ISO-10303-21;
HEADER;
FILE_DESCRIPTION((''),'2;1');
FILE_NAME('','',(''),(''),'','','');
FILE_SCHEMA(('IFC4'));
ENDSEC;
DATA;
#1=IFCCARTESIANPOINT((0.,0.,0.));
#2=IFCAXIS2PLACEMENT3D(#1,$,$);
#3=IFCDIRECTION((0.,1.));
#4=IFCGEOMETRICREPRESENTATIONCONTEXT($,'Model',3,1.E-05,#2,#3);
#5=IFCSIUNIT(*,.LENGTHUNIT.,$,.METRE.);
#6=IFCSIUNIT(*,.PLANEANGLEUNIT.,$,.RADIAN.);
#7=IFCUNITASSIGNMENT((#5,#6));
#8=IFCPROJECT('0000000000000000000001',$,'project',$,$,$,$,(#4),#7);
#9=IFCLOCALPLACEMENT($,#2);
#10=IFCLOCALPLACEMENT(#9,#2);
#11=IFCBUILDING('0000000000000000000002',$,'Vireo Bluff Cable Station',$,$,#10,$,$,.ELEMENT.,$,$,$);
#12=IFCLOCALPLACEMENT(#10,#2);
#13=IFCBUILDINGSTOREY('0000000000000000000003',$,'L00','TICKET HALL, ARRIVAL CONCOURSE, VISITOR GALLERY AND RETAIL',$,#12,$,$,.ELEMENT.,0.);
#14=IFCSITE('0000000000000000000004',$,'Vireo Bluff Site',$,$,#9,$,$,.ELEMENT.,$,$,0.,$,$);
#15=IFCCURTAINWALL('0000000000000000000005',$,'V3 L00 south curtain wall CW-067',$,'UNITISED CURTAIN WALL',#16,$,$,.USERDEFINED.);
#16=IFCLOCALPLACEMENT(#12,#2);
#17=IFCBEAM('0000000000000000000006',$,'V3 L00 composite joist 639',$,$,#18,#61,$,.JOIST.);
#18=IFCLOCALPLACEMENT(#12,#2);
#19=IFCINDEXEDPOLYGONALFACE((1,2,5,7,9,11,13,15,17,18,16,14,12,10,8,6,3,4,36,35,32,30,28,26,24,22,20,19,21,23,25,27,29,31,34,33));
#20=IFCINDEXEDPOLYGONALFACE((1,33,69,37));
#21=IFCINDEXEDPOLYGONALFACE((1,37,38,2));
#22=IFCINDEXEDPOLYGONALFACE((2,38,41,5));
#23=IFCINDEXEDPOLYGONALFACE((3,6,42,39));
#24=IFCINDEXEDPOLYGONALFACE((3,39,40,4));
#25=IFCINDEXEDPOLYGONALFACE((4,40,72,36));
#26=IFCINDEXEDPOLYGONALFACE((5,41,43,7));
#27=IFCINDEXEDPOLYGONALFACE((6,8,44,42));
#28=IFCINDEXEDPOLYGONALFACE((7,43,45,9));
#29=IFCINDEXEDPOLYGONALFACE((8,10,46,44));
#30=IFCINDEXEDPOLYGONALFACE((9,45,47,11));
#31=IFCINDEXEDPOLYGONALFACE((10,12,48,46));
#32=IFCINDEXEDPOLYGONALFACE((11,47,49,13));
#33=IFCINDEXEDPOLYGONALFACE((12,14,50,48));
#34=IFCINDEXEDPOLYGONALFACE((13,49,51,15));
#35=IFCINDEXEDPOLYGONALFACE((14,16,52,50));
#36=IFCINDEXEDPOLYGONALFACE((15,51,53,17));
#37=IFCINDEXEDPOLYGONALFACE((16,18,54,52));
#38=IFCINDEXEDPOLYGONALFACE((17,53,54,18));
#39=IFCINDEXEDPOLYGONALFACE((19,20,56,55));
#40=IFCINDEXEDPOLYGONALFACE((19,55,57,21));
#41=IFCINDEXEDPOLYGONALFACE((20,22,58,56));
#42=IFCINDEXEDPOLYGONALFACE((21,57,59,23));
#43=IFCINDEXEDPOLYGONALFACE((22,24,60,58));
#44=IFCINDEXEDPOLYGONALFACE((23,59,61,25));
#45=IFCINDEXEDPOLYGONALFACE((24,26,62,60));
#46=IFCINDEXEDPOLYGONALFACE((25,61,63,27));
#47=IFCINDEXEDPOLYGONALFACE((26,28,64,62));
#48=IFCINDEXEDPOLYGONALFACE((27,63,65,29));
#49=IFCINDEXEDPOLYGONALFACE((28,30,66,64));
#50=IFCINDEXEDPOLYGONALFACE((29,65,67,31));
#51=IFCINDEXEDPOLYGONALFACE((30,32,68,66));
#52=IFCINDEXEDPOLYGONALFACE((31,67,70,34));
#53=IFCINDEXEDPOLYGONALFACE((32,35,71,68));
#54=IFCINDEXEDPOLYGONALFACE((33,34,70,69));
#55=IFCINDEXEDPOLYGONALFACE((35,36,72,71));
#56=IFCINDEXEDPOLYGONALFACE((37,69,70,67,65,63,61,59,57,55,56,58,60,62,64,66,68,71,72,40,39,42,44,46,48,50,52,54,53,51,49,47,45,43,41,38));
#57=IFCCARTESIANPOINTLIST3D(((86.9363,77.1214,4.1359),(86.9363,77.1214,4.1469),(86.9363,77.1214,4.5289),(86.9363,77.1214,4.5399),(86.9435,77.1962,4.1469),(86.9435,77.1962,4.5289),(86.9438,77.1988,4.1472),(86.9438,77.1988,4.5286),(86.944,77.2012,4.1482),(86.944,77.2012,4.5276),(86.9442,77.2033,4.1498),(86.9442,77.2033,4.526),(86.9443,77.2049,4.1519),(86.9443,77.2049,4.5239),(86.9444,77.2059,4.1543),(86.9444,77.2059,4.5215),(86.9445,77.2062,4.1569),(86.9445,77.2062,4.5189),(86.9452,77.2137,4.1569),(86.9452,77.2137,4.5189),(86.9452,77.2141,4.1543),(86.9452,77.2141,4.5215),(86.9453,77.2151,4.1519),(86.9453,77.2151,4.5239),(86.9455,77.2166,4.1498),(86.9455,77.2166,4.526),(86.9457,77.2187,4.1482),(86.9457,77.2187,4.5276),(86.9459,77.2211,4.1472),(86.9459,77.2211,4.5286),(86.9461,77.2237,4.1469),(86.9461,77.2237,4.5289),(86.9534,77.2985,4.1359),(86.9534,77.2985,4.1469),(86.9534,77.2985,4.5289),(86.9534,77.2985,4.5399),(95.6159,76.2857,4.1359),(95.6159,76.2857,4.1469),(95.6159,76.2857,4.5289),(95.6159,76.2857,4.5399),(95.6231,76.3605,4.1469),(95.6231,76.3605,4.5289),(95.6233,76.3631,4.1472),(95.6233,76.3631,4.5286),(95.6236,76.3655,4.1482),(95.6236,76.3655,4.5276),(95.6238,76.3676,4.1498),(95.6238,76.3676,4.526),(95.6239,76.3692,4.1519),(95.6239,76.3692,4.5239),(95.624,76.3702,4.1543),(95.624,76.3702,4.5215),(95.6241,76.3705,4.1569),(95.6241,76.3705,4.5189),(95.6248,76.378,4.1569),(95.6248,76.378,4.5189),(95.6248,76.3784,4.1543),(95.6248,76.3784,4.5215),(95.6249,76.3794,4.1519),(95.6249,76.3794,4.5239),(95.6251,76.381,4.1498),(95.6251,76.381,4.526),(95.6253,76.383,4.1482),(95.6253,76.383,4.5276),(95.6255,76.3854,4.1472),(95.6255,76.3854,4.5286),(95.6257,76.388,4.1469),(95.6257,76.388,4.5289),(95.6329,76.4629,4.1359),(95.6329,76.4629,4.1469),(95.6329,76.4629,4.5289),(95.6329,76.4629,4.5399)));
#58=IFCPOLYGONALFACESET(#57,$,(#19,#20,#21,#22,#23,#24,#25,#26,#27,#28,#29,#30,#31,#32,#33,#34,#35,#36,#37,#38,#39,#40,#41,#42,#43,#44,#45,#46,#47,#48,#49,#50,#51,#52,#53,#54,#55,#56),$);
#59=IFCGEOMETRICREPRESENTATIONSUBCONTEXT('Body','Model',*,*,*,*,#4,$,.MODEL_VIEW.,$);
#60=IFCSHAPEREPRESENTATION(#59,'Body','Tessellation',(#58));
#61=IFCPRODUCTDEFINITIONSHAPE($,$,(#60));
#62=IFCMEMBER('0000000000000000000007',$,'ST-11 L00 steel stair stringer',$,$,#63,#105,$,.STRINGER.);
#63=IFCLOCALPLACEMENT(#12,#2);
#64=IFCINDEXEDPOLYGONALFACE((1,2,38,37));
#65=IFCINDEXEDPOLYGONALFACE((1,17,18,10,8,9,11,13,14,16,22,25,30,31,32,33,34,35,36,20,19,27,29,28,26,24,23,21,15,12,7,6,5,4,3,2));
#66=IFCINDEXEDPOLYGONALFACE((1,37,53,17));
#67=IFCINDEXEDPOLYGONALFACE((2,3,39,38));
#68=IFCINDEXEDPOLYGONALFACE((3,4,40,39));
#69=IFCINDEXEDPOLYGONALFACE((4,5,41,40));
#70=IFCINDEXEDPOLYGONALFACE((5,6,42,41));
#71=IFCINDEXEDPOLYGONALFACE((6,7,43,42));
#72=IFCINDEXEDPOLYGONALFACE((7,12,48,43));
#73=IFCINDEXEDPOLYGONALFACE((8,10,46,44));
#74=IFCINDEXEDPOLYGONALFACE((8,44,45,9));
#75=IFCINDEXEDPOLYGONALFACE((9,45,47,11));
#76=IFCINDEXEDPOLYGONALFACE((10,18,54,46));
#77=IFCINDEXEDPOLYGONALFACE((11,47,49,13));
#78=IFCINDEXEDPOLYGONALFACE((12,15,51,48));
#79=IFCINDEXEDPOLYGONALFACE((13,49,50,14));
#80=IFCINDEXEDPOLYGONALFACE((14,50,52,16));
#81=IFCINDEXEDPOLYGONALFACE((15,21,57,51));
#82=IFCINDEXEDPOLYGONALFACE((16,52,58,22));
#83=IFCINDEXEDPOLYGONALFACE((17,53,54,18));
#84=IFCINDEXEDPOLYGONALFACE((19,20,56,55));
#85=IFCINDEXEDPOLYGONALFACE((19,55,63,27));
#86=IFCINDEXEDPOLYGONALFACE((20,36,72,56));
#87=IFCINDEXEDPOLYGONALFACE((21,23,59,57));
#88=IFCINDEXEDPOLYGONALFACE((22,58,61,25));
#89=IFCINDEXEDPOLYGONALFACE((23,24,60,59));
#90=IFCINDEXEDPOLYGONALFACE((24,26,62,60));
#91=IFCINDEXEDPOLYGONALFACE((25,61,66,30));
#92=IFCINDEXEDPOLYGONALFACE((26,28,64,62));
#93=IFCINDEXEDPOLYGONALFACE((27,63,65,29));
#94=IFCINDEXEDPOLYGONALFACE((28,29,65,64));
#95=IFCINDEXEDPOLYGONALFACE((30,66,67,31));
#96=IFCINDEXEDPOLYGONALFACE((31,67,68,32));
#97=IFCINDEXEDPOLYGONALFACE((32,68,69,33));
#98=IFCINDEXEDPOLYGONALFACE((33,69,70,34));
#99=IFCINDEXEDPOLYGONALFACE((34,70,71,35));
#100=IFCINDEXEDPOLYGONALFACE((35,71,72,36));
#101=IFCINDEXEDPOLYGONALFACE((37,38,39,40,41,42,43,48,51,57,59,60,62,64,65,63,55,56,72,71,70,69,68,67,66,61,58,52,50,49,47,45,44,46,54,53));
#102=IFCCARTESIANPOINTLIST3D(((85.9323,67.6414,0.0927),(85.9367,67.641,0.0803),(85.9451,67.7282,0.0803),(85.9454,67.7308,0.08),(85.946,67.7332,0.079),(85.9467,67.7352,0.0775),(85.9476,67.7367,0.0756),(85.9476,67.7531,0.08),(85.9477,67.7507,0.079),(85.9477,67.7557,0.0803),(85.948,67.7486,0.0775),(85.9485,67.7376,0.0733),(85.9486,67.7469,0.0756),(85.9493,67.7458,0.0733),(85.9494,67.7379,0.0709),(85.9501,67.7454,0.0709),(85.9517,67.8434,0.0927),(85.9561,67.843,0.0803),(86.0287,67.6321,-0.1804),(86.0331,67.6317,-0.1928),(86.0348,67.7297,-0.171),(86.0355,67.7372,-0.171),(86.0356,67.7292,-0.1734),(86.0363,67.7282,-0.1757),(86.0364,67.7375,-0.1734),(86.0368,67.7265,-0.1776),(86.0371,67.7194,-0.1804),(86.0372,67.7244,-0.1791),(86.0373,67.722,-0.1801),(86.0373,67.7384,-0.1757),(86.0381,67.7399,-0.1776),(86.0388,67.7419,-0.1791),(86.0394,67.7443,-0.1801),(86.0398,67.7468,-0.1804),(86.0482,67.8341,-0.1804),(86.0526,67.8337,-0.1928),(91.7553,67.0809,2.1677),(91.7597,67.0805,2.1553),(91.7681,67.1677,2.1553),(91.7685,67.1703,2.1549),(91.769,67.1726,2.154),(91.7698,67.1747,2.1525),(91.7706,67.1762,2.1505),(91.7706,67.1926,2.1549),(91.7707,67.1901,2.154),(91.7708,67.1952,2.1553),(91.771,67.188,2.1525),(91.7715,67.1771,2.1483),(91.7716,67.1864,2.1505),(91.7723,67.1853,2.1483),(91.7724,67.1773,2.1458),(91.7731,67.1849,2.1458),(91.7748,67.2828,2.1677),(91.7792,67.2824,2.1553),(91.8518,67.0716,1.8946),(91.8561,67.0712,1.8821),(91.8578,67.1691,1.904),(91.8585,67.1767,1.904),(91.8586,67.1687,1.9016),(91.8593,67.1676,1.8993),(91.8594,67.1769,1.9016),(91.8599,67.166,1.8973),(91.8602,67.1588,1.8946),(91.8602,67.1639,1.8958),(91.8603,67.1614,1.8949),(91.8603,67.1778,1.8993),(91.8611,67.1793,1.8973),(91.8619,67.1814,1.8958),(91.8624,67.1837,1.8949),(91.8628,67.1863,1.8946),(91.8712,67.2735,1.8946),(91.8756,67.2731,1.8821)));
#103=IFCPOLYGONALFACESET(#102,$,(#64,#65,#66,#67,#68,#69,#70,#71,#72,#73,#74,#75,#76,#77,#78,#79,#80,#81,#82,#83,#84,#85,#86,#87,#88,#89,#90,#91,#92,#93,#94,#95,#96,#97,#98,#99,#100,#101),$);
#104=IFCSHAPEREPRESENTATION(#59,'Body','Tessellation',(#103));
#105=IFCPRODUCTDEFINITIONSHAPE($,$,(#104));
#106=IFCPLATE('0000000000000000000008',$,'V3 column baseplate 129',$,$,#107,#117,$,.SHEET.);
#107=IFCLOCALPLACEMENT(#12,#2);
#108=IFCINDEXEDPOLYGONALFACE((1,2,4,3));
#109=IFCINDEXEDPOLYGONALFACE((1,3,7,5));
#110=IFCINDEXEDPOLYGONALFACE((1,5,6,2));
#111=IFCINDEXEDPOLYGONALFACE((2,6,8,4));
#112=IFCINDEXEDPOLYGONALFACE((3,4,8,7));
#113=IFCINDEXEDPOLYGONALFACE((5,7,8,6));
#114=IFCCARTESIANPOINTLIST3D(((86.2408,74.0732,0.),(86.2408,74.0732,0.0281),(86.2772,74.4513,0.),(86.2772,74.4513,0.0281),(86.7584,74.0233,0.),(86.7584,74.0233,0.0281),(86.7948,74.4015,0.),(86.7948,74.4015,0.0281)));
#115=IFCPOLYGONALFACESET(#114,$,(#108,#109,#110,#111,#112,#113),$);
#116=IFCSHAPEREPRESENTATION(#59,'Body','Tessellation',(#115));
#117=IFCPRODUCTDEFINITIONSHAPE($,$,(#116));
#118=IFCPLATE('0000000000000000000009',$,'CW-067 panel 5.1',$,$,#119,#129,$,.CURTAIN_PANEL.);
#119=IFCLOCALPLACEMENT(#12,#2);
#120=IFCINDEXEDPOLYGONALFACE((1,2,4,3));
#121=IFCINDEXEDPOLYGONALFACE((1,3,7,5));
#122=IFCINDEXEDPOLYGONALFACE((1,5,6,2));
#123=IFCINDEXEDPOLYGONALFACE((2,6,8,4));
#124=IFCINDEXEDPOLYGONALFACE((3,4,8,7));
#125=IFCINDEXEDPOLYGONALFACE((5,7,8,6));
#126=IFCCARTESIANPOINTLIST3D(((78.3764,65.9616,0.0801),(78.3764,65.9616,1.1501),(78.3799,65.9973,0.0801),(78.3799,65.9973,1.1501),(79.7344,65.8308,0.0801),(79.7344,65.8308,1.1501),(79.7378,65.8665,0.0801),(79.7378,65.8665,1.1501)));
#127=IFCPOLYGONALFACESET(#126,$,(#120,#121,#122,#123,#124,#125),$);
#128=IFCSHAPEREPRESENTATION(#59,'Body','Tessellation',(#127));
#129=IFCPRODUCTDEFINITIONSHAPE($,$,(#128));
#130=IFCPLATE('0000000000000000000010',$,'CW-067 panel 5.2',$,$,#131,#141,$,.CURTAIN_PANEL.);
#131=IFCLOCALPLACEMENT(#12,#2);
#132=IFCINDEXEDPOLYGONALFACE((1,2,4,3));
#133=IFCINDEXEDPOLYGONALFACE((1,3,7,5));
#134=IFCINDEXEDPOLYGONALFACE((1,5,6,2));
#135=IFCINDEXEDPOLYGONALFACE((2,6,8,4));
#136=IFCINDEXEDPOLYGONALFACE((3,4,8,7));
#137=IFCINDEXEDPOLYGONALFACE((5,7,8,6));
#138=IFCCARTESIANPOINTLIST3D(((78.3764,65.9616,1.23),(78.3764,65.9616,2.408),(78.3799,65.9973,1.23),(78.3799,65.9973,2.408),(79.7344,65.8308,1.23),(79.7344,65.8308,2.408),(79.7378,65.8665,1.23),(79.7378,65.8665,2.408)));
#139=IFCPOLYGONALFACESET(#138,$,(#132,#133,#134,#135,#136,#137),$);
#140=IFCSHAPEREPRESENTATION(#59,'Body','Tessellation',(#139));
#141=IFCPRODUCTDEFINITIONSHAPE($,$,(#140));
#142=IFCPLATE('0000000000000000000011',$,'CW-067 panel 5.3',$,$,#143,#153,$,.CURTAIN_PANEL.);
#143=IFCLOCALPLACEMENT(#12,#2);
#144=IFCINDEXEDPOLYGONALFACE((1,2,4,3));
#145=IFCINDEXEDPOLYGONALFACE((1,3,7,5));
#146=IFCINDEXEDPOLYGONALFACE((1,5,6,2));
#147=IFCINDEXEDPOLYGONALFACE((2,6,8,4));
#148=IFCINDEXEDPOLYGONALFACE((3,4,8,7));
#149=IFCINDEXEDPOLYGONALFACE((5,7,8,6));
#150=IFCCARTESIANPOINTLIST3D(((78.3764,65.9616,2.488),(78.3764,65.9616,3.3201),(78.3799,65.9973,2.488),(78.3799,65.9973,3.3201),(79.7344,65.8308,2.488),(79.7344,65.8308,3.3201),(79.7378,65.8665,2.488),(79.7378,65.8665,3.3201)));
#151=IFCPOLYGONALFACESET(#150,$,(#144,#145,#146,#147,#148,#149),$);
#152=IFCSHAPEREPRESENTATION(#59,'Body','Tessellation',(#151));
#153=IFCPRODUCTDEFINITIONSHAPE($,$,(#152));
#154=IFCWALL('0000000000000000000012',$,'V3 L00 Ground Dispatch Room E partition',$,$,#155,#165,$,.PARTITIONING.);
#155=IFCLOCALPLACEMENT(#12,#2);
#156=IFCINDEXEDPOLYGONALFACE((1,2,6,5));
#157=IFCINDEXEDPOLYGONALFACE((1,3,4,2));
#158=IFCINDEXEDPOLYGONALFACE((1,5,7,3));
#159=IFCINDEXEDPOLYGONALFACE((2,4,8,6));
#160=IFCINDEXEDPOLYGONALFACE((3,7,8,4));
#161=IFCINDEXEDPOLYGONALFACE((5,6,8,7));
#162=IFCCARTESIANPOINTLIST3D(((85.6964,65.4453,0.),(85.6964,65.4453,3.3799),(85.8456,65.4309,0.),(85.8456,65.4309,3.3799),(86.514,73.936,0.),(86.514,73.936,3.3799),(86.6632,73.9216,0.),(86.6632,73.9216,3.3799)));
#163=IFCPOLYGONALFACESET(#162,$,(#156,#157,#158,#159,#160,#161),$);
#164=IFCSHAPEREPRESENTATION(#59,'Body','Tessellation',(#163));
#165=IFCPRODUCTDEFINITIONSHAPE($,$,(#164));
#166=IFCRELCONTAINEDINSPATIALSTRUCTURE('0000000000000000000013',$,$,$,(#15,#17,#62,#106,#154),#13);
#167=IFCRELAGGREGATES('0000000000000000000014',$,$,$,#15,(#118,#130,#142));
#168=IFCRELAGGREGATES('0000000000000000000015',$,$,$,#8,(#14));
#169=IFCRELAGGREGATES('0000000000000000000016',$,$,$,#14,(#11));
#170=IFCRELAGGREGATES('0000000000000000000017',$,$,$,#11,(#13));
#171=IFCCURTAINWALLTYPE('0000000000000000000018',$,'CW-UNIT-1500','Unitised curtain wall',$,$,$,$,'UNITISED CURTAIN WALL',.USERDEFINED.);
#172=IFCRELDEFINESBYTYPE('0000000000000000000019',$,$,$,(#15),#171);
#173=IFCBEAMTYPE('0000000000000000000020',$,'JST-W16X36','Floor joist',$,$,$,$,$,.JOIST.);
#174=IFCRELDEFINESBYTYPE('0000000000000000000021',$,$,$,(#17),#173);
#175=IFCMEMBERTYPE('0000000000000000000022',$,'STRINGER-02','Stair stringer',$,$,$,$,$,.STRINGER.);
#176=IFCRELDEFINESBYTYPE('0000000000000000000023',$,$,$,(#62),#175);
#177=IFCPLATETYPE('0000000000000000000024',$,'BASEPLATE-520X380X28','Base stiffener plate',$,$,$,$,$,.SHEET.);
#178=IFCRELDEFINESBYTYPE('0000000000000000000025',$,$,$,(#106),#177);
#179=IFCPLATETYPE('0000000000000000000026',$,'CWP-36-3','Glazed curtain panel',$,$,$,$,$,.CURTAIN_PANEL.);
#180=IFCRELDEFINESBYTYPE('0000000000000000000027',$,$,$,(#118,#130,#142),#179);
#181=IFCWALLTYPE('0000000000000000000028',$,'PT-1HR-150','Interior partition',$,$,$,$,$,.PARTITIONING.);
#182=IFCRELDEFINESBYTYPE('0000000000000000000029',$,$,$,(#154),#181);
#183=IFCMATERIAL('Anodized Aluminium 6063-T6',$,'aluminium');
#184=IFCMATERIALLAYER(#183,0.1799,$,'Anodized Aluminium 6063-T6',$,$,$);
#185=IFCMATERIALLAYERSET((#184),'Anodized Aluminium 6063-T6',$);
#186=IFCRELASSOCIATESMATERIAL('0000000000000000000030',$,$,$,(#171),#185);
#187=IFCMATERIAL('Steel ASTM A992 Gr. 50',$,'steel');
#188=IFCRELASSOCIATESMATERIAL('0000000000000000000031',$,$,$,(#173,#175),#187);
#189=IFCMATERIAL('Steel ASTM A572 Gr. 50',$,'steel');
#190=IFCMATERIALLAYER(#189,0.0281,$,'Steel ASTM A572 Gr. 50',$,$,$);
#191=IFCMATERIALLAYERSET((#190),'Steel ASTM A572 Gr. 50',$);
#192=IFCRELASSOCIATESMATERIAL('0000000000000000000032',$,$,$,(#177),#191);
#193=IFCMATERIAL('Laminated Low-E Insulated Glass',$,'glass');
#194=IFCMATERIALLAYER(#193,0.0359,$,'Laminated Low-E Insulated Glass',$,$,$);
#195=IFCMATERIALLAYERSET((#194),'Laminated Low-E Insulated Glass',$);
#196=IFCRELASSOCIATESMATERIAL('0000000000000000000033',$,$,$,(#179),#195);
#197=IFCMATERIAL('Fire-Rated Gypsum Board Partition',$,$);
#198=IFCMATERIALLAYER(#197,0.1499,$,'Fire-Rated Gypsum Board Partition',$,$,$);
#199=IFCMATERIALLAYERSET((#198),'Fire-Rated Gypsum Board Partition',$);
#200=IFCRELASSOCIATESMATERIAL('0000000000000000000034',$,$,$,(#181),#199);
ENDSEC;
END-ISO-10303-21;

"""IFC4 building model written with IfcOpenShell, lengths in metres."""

from ifc_helpers import new_model, si_unit, direction, frame, frame_2d, origin, origin_2d, place, context, subcontext, project, spatial, rectangle, i_section, extrude, material, layer, layer_set, material_profile, profile_set, type_object, element, aggregate, save


model = new_model("IFC4")

# Units and contexts
model_context = context("Model", 3, precision=1e-05, world=origin(), true_north=direction((0.0, 1.0)))
body_context = subcontext(model_context, "Body", "Model", "MODEL_VIEW")
ifc_project = project(units=[si_unit("LENGTHUNIT", "METRE"), si_unit("PLANEANGLEUNIT", "RADIAN")], contexts=[model_context])

# Site, building, storey
site_placement = place(None, origin())
site = spatial("IfcSite", under=ifc_project, at=site_placement, Name="Vireo Bluff Site", CompositionType="ELEMENT", RefElevation=0.0)
building_placement = place(site_placement, origin())
building = spatial("IfcBuilding", under=site, at=building_placement, Name="Vireo Bluff Cable Station", CompositionType="ELEMENT")
storey_placement = place(building_placement, origin())
storey = spatial("IfcBuildingStorey", under=building, at=storey_placement, Name="L00", Description="TICKET HALL, ARRIVAL CONCOURSE, VISITOR GALLERY AND RETAIL", CompositionType="ELEMENT", Elevation=0.0)

# Shared definitions
ifc_material_1 = material(Name="Steel ASTM A992 Gr. 50", Category="steel")

# Curtain wall
ifc_material_2 = material(Name="Anodized Aluminium 6063-T6", Category="aluminium")
ifc_layer_1 = layer(ifc_material_2, 0.1799, Name="Anodized Aluminium 6063-T6")
ifc_layer_set_1 = layer_set([ifc_layer_1], Name="Anodized Aluminium 6063-T6")
curtain_wall_type = type_object("IfcCurtainWallType", Name="CW-UNIT-1500", Description="Unitised curtain wall", ElementType="UNITISED CURTAIN WALL", PredefinedType="USERDEFINED", material=ifc_layer_set_1)
curtain_wall_placement = place(storey_placement, origin())
curtain_wall = element("IfcCurtainWall", 1, at=curtain_wall_placement, inside=storey, type_object=curtain_wall_type, Name="V3 L00 south curtain wall CW-067", ObjectType="UNITISED CURTAIN WALL", PredefinedType="USERDEFINED")

# Beam
ifc_material_profile_1 = material_profile(ifc_material_1, i_section(OverallWidth=0.178, OverallDepth=0.4041, WebThickness=0.0076, FlangeThickness=0.011, FilletRadius=0.01, at=origin_2d()), Name="W16X36")
ifc_profile_set_1 = profile_set([ifc_material_profile_1], Name="Steel ASTM A992 Gr. 50")
beam_type_1 = type_object("IfcBeamType", Name="JST-W16X36", Description="Floor joist", PredefinedType="JOIST", material=ifc_profile_set_1)
beam_1_placement = place(storey_placement, frame((86.9448, 77.21, 4.3379), z_axis=(0.995397, -0.095838, 0.0), x_axis=(0.095838, 0.995397, 0.0)))
element("IfcBeam", 2, at=beam_1_placement, inside=storey, type_object=beam_type_1, Name="V3 L00 composite joist 639", PredefinedType="JOIST", context=body_context, shape_type="SweptSolid", body=[
    extrude(i_section(OverallWidth=0.178, OverallDepth=0.4041, WebThickness=0.0076, FlangeThickness=0.011, FilletRadius=0.01, at=origin_2d()), origin(), (0.0, 0.0, 1.0), 8.7197),
])

# Member
ifc_material_profile_2 = material_profile(ifc_material_1, i_section(OverallWidth=0.2029, OverallDepth=0.303, WebThickness=0.0076, FlangeThickness=0.0132, FilletRadius=0.01, at=origin_2d()), Name="W12X40")
ifc_profile_set_2 = profile_set([ifc_material_profile_2], Name="Steel ASTM A992 Gr. 50")
member_type_1 = type_object("IfcMemberType", Name="STRINGER-02", Description="Stair stringer", PredefinedType="STRINGER", material=ifc_profile_set_2)
member_1_placement = place(storey_placement, frame((85.9924, 67.7375, -0.05), z_axis=(0.938133, -0.090309, 0.334292), x_axis=(0.095821, 0.995399, 0.0)))
element("IfcMember", 3, at=member_1_placement, inside=storey, type_object=member_type_1, Name="ST-11 L00 steel stair stringer", PredefinedType="STRINGER", context=body_context, shape_type="SweptSolid", body=[
    extrude(i_section(OverallWidth=0.2029, OverallDepth=0.303, WebThickness=0.0076, FlangeThickness=0.0132, FilletRadius=0.01, at=origin_2d()), origin(), (0.0, 0.0, 1.0), 6.207),
])

# Plates
ifc_material_3 = material(Name="Steel ASTM A572 Gr. 50", Category="steel")
ifc_layer_2 = layer(ifc_material_3, 0.0281, Name="Steel ASTM A572 Gr. 50")
ifc_layer_set_2 = layer_set([ifc_layer_2], Name="Steel ASTM A572 Gr. 50")
plate_type_1 = type_object("IfcPlateType", Name="BASEPLATE-520X380X28", Description="Base stiffener plate", PredefinedType="SHEET", material=ifc_layer_set_2)
plate_1_placement = place(storey_placement, frame((86.5178, 74.2373, 0.0), z_axis=(0.0, 0.0, 1.0), x_axis=(0.995396, -0.095846, 0.0)))
element("IfcPlate", 4, at=plate_1_placement, inside=storey, type_object=plate_type_1, Name="V3 column baseplate 129", PredefinedType="SHEET", context=body_context, shape_type="SweptSolid", body=[
    extrude(rectangle(XDim=0.52, YDim=0.3799, at=origin_2d()), origin(), (0.0, 0.0, 1.0), 0.0281),
])
ifc_material_4 = material(Name="Laminated Low-E Insulated Glass", Category="glass")
ifc_layer_3 = layer(ifc_material_4, 0.0359, Name="Laminated Low-E Insulated Glass")
ifc_layer_set_3 = layer_set([ifc_layer_3], Name="Laminated Low-E Insulated Glass")
plate_type_2 = type_object("IfcPlateType", Name="CWP-36-3", Description="Glazed curtain panel", PredefinedType="CURTAIN_PANEL", material=ifc_layer_set_3)
plate_2_placement = place(storey_placement, frame((79.0571, 65.9141, 0.0801), z_axis=(0.0, 0.0, 1.0), x_axis=(-0.995396, 0.095846, 0.0)))
plate_2 = element("IfcPlate", 5, at=plate_2_placement, type_object=plate_type_2, Name="CW-067 panel 5.1", PredefinedType="CURTAIN_PANEL", context=body_context, shape_type="SweptSolid", body=[
    extrude(rectangle(XDim=1.3643, YDim=0.0359, at=origin_2d()), origin(), (0.0, 0.0, 1.0), 1.0701),
])
plate_3_placement = place(storey_placement, frame((79.0571, 65.9141, 1.23), z_axis=(0.0, 0.0, 1.0), x_axis=(-0.995396, 0.095846, 0.0)))
plate_3 = element("IfcPlate", 6, at=plate_3_placement, type_object=plate_type_2, Name="CW-067 panel 5.2", PredefinedType="CURTAIN_PANEL", context=body_context, shape_type="SweptSolid", body=[
    extrude(rectangle(XDim=1.3643, YDim=0.0359, at=origin_2d()), origin(), (0.0, 0.0, 1.0), 1.178),
])
plate_4_placement = place(storey_placement, frame((79.0571, 65.9141, 2.488), z_axis=(0.0, 0.0, 1.0), x_axis=(-0.995396, 0.095846, 0.0)))
plate_4 = element("IfcPlate", 7, at=plate_4_placement, type_object=plate_type_2, Name="CW-067 panel 5.3", PredefinedType="CURTAIN_PANEL", context=body_context, shape_type="SweptSolid", body=[
    extrude(rectangle(XDim=1.3643, YDim=0.0359, at=origin_2d()), origin(), (0.0, 0.0, 1.0), 0.832),
])
aggregate(curtain_wall, [plate_2, plate_3, plate_4])

# Wall
ifc_material_5 = material(Name="Fire-Rated Gypsum Board Partition")
ifc_layer_4 = layer(ifc_material_5, 0.1499, Name="Fire-Rated Gypsum Board Partition")
ifc_layer_set_4 = layer_set([ifc_layer_4], Name="Fire-Rated Gypsum Board Partition")
wall_type_1 = type_object("IfcWallType", Name="PT-1HR-150", Description="Interior partition", PredefinedType="PARTITIONING", material=ifc_layer_set_4)
wall_1_placement = place(storey_placement, frame((86.5886, 73.929, 0.0), z_axis=(0.0, 0.0, 1.0), x_axis=(-0.095853, -0.995395, 0.0)))
element("IfcWall", 8, at=wall_1_placement, inside=storey, type_object=wall_type_1, Name="V3 L00 Ground Dispatch Room E partition", PredefinedType="PARTITIONING", context=body_context, shape_type="SweptSolid", body=[
    extrude(rectangle(XDim=8.53, YDim=0.1499, at=frame_2d((4.2651, 0.0))), origin(), (0.0, 0.0, 1.0), 3.3799),
])

save(model, "model.ifc")
